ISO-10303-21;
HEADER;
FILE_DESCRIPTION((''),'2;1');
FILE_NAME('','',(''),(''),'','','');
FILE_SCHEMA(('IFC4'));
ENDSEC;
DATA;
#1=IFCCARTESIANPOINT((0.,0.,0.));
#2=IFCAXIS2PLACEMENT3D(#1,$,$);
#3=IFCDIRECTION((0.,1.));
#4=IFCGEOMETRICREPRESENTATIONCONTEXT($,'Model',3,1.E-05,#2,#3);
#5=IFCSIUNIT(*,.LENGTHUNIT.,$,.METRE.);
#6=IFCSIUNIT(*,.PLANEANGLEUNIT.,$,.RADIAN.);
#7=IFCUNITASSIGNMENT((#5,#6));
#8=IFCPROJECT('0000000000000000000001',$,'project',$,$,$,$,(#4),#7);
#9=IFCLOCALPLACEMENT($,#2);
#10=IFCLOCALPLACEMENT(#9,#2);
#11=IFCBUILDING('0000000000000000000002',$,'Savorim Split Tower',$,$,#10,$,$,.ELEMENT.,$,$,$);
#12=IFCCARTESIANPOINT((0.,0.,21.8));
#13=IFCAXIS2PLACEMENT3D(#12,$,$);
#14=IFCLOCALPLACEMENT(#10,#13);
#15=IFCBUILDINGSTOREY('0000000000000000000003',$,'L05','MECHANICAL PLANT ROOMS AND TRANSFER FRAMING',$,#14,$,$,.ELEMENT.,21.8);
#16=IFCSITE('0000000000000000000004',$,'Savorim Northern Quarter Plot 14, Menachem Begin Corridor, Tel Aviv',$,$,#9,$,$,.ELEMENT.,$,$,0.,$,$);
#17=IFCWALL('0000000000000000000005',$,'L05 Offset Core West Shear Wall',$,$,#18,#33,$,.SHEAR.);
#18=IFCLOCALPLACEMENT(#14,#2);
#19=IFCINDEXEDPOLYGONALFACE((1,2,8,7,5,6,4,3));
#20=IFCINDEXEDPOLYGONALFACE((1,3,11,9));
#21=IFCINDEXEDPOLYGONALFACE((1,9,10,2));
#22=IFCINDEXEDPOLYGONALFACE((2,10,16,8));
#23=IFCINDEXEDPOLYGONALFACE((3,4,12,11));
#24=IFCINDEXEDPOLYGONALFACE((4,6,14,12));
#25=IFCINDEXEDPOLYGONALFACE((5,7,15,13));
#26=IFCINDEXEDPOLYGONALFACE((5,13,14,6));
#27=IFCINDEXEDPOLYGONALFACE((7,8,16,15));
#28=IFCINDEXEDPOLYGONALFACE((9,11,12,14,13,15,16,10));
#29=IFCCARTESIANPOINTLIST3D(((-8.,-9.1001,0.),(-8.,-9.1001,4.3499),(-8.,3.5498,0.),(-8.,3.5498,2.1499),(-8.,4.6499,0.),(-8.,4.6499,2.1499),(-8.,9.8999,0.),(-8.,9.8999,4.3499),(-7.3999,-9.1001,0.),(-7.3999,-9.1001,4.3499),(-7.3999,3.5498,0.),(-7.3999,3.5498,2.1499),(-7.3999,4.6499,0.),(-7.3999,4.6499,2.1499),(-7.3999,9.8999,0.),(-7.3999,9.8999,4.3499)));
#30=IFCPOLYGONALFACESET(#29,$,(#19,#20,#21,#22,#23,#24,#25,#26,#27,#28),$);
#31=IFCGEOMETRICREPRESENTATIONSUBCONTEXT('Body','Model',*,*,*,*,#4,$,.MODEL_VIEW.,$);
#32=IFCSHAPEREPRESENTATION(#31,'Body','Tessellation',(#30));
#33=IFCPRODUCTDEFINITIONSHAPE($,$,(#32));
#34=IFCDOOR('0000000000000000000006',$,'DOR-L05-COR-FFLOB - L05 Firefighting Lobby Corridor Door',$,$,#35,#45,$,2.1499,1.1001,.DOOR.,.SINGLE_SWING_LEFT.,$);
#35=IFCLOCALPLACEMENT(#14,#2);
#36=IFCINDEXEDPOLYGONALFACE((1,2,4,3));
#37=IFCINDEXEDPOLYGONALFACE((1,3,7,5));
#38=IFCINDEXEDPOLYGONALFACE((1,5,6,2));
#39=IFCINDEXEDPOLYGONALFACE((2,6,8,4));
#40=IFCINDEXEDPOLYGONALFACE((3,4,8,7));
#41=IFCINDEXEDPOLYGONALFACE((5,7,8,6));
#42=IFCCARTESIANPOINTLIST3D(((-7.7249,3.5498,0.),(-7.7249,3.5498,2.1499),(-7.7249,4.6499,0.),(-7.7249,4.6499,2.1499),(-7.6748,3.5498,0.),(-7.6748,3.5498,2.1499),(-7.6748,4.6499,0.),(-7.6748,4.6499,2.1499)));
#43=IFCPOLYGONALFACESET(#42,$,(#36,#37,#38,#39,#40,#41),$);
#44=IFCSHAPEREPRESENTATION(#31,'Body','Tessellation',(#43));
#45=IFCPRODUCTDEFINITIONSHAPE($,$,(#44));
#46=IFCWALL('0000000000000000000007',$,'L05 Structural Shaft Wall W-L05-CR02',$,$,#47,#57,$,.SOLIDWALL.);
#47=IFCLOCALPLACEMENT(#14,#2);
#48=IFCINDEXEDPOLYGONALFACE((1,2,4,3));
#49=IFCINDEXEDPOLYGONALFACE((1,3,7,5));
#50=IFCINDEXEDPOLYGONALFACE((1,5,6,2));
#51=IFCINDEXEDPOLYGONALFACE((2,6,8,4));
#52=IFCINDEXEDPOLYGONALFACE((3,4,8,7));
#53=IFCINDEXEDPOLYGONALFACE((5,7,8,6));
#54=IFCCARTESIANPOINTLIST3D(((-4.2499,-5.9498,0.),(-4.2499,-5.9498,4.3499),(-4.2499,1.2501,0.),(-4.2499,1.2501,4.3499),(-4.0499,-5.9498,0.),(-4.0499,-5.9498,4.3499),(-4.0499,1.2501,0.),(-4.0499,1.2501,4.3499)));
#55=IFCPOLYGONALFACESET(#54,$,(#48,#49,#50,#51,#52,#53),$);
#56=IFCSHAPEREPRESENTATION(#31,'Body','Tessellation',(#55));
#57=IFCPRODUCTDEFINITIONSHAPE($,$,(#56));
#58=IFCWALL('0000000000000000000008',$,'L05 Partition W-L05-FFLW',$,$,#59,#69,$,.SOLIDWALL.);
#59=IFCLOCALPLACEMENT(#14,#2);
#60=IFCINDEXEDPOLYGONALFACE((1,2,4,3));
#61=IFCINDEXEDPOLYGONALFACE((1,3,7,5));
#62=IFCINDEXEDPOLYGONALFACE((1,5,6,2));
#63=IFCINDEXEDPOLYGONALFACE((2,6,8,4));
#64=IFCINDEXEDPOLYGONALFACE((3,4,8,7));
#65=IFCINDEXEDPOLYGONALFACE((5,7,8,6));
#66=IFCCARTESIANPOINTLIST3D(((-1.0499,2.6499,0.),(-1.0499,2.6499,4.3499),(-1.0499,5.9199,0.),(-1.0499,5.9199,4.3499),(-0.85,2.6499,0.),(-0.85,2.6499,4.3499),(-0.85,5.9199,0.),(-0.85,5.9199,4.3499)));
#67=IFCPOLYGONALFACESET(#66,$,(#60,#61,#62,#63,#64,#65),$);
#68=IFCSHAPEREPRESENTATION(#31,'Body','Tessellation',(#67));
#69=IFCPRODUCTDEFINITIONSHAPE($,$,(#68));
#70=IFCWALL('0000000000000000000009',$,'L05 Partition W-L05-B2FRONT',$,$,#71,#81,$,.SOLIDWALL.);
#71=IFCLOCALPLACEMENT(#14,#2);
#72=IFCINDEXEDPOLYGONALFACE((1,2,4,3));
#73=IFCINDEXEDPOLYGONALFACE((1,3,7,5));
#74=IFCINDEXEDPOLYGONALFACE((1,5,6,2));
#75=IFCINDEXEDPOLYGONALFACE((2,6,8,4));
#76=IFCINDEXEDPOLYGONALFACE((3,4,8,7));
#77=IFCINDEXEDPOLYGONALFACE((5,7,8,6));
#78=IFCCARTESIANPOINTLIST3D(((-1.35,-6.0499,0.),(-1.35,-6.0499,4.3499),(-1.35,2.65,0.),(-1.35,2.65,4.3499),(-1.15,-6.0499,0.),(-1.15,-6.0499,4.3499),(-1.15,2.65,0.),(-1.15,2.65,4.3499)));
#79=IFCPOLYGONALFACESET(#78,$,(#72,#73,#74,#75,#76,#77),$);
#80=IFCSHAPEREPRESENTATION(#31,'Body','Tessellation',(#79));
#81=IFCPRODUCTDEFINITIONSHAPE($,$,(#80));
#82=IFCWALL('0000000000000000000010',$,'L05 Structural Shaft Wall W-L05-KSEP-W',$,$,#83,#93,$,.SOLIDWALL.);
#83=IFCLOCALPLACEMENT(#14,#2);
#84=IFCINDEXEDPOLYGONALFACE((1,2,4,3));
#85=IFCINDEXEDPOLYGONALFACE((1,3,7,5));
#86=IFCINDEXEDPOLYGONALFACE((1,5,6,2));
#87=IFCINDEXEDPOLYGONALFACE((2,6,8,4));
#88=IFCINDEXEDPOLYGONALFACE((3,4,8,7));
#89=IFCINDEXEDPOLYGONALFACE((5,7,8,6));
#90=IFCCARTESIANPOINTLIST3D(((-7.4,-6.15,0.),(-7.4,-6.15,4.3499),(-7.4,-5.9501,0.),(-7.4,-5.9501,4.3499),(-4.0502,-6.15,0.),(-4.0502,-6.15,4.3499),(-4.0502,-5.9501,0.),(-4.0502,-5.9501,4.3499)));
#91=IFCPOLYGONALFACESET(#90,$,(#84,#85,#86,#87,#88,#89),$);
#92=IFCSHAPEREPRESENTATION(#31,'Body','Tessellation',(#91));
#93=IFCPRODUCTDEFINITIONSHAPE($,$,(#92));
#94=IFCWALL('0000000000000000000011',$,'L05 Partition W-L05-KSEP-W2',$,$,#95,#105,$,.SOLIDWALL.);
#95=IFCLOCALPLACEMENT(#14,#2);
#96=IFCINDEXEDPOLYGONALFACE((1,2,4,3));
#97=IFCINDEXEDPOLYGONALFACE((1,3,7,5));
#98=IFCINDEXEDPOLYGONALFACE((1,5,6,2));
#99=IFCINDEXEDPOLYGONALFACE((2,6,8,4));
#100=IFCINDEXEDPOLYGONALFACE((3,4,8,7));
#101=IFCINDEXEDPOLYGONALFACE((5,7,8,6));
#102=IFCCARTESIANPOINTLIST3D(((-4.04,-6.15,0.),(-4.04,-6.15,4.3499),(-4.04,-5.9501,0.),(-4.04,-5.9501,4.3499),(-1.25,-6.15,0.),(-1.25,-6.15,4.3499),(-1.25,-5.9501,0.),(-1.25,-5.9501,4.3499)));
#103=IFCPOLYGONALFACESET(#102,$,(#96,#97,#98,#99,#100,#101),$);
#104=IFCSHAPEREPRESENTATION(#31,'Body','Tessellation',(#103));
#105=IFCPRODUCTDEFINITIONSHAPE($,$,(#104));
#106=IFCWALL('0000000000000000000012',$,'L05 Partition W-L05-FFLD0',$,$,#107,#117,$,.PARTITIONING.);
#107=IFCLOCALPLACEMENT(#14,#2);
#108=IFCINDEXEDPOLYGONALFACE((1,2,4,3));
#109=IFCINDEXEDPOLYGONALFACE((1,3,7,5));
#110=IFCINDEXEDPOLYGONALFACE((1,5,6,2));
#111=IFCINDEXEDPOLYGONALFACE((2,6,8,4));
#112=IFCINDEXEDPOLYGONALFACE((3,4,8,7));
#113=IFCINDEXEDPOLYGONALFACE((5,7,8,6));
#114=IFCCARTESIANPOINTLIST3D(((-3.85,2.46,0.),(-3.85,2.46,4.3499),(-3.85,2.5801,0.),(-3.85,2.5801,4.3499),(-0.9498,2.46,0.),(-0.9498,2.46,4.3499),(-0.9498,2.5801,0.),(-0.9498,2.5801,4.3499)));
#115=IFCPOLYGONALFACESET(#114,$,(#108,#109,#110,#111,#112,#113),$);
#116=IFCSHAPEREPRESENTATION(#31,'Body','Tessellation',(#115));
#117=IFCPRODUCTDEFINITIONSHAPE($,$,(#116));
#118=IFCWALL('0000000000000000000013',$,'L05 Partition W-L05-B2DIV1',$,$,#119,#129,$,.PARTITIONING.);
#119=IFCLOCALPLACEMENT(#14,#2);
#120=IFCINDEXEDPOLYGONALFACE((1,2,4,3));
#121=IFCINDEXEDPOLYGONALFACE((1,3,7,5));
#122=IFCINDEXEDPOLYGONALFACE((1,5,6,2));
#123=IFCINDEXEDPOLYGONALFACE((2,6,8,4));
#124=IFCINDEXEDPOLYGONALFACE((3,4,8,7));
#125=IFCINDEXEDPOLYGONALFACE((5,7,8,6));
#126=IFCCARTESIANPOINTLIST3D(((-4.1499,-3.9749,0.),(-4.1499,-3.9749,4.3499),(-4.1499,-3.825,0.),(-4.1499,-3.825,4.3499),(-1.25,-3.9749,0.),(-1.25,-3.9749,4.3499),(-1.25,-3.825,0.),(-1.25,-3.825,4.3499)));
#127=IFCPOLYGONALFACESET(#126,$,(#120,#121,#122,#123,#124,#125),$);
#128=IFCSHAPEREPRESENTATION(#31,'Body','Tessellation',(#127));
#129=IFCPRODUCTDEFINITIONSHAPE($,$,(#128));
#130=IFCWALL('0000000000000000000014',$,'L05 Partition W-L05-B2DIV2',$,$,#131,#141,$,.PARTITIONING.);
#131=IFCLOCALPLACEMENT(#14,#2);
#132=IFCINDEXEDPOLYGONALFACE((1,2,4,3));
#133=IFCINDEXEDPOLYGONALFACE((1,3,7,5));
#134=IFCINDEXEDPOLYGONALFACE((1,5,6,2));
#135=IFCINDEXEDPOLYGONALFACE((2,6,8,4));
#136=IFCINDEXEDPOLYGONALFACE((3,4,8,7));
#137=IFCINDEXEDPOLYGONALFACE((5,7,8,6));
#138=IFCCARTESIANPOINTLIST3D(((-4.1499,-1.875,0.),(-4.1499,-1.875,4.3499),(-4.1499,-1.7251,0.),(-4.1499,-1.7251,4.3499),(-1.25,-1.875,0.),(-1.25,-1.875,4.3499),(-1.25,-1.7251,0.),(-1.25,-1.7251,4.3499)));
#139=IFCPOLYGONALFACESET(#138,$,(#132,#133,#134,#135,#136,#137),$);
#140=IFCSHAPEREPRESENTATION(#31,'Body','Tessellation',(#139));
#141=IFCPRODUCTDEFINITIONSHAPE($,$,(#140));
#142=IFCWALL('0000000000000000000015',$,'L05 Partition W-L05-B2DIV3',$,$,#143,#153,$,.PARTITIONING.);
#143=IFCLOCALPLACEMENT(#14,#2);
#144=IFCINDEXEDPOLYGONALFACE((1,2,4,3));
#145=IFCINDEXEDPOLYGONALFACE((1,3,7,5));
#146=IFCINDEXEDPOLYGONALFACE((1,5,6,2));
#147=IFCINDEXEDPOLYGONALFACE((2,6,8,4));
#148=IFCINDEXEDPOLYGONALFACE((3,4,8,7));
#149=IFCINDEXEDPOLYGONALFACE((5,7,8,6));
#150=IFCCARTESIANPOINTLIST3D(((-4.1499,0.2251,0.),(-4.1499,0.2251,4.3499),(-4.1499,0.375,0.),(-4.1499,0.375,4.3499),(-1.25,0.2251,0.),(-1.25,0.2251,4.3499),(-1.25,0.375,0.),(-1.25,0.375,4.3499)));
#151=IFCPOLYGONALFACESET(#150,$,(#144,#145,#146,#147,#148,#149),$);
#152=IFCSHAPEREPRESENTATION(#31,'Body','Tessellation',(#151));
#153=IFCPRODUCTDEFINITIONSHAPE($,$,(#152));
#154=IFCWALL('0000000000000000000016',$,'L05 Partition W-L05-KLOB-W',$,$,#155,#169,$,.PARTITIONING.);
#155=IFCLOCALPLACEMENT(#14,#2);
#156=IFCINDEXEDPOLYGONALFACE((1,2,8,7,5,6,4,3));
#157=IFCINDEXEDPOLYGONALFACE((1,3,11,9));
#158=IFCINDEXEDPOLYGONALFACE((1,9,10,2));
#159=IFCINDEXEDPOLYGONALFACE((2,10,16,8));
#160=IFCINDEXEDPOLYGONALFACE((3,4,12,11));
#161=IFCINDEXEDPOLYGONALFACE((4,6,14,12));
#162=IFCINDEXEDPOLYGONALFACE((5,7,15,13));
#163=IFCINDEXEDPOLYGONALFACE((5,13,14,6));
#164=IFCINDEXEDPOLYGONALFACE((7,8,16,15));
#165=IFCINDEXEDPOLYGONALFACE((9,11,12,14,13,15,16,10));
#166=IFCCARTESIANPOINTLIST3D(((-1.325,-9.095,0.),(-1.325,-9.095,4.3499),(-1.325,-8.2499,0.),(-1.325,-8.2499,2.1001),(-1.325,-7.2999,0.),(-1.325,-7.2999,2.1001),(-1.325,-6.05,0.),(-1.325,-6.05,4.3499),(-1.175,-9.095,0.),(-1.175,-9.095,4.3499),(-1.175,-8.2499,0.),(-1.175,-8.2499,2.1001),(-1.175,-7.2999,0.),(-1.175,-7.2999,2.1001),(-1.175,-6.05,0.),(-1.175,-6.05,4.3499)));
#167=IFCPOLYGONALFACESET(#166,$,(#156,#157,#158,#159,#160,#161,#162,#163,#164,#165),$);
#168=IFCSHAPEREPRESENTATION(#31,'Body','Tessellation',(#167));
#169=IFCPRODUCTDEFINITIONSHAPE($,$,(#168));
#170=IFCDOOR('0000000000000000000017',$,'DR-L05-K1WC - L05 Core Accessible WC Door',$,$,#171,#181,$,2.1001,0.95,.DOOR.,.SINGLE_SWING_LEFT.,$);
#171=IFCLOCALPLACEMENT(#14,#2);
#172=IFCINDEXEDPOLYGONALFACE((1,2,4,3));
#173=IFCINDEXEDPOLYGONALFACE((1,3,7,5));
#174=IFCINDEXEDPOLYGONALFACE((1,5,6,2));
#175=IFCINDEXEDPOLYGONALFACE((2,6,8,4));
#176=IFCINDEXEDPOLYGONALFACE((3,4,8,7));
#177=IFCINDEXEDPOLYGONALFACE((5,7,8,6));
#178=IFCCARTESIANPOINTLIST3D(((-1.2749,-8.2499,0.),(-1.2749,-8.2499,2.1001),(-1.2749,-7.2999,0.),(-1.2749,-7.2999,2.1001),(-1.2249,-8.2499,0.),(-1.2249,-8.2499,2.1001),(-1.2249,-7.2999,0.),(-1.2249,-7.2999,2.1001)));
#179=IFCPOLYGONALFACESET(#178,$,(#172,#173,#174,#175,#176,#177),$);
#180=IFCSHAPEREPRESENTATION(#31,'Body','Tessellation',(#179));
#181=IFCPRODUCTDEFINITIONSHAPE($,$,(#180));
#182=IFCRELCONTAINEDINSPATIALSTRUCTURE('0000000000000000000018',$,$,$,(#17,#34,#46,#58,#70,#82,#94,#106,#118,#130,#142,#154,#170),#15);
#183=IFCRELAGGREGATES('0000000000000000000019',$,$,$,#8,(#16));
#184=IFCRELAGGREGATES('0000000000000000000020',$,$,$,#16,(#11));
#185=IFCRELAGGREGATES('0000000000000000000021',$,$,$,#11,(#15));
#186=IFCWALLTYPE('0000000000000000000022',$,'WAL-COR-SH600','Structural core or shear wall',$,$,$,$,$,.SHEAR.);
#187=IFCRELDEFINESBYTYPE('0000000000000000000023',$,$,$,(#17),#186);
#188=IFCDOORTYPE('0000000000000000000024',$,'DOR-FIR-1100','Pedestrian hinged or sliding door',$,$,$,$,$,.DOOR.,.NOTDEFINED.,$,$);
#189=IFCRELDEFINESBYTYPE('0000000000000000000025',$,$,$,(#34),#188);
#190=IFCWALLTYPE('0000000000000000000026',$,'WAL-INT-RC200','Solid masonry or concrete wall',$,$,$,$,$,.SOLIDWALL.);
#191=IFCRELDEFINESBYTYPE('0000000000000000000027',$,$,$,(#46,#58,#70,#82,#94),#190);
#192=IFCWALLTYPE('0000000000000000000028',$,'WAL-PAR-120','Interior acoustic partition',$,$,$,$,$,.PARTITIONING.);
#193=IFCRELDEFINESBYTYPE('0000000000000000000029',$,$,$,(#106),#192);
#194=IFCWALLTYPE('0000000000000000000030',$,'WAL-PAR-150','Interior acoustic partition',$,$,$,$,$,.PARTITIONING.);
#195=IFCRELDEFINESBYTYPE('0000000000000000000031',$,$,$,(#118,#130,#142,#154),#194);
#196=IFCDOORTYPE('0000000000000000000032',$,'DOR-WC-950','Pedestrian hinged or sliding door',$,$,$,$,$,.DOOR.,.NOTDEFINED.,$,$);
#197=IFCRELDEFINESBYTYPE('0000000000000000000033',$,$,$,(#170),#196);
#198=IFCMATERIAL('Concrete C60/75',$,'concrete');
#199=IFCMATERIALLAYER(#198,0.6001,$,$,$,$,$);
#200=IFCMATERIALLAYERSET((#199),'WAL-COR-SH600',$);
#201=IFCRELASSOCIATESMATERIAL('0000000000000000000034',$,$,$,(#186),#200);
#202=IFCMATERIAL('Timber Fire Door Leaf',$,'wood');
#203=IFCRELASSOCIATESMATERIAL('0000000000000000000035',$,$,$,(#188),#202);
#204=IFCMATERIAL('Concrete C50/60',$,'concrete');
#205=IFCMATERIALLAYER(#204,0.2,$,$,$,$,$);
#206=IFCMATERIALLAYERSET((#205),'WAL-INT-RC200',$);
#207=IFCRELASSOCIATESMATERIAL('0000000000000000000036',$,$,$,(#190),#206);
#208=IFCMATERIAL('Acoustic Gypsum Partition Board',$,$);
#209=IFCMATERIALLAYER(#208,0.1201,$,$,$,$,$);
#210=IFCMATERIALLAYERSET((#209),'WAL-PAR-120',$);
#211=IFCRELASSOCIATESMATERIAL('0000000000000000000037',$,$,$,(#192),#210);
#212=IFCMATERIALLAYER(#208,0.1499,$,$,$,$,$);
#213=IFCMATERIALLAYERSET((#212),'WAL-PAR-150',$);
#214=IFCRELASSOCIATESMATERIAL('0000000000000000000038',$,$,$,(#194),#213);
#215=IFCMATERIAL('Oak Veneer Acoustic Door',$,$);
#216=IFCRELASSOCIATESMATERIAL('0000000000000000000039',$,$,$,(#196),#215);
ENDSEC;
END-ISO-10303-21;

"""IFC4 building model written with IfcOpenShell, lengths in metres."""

from ifc_helpers import new_model, si_unit, direction, frame, frame_2d, origin, place, context, subcontext, project, spatial, rectangle, extrude, material, layer, layer_set, type_object, element, fill, save


model = new_model("IFC4")

# Units and contexts
model_context = context("Model", 3, precision=1e-05, world=origin(), true_north=direction((0.0, 1.0)))
body_context = subcontext(model_context, "Body", "Model", "MODEL_VIEW")
ifc_project = project(units=[si_unit("LENGTHUNIT", "METRE"), si_unit("PLANEANGLEUNIT", "RADIAN")], contexts=[model_context])

# Site, building, storey
site_placement = place(None, origin())
site = spatial("IfcSite", under=ifc_project, at=site_placement, Name="Savorim Northern Quarter Plot 14, Menachem Begin Corridor, Tel Aviv", CompositionType="ELEMENT", RefElevation=0.0)
building_placement = place(site_placement, origin())
building = spatial("IfcBuilding", under=site, at=building_placement, Name="Savorim Split Tower", CompositionType="ELEMENT")
storey_placement = place(building_placement, frame((0.0, 0.0, 21.8)))
storey = spatial("IfcBuildingStorey", under=building, at=storey_placement, Name="L05", Description="MECHANICAL PLANT ROOMS AND TRANSFER FRAMING", CompositionType="ELEMENT", Elevation=21.8)

# Shared definitions
ifc_material_1 = material(Name="Concrete C60/75", Category="concrete")

# Shared definitions
ifc_material_2 = material(Name="Concrete C50/60", Category="concrete")

# Wall, opening, door
ifc_layer_1 = layer(ifc_material_1, 0.6001)
ifc_layer_set_1 = layer_set([ifc_layer_1], Name="WAL-COR-SH600")
wall_type_1 = type_object("IfcWallType", Name="WAL-COR-SH600", Description="Structural core or shear wall", PredefinedType="SHEAR", material=ifc_layer_set_1)
wall_1_placement = place(storey_placement, frame((-7.7, -9.1001, 0.0), z_axis=(0.0, 0.0, 1.0), x_axis=(0.0, 1.0, 0.0)))
wall_1 = element("IfcWall", 1, at=wall_1_placement, inside=storey, type_object=wall_type_1, Name="L05 Offset Core West Shear Wall", PredefinedType="SHEAR", context=body_context, shape_type="SweptSolid", body=[
    extrude(rectangle(XDim=19.0, YDim=0.6001, at=frame_2d((9.5, 0.0))), origin(), (0.0, 0.0, 1.0), 4.3499),
])
opening_1_placement = place(wall_1_placement, frame((12.6499, 0.0, 0.0)))
opening_1 = element("IfcOpeningElement", 2, at=opening_1_placement, cuts=wall_1, PredefinedType="OPENING", context=body_context, shape_type="SweptSolid", body=[
    extrude(rectangle(XDim=1.1001, YDim=2.1499, at=frame_2d((0.55, 1.075))), frame((0.0, 0.3101, 0.0), z_axis=(0.0, -1.0, 0.0), x_axis=(1.0, 0.0, 0.0)), (0.0, 0.0, 1.0), 0.6201),
])
ifc_material_3 = material(Name="Timber Fire Door Leaf", Category="wood")
door_type_1 = type_object("IfcDoorType", Name="DOR-FIR-1100", Description="Pedestrian hinged or sliding door", OperationType="NOTDEFINED", PredefinedType="DOOR", material=ifc_material_3)
door_1_placement = place(opening_1_placement, origin())
door_1 = element("IfcDoor", 3, at=door_1_placement, inside=storey, type_object=door_type_1, Name="DOR-L05-COR-FFLOB - L05 Firefighting Lobby Corridor Door", OperationType="SINGLE_SWING_LEFT", OverallHeight=2.1499, OverallWidth=1.1001, PredefinedType="DOOR", context=body_context, shape_type="SweptSolid", body=[
    extrude(rectangle(XDim=1.1001, YDim=2.1499, at=frame_2d((0.55, 1.075))), frame((0.0, 0.0249, 0.0), z_axis=(0.0, -1.0, 0.0), x_axis=(1.0, 0.0, 0.0)), (0.0, 0.0, 1.0), 0.05),
])
fill(opening_1, door_1)
ifc_layer_2 = layer(ifc_material_2, 0.2)
ifc_layer_set_2 = layer_set([ifc_layer_2], Name="WAL-INT-RC200")
wall_type_2 = type_object("IfcWallType", Name="WAL-INT-RC200", Description="Solid masonry or concrete wall", PredefinedType="SOLIDWALL", material=ifc_layer_set_2)

# Wall
wall_2_placement = place(storey_placement, frame((-4.1499, -5.95, 0.0), z_axis=(0.0, 0.0, 1.0), x_axis=(0.0, 1.0, 0.0)))
element("IfcWall", 4, at=wall_2_placement, inside=storey, type_object=wall_type_2, Name="L05 Structural Shaft Wall W-L05-CR02", PredefinedType="SOLIDWALL", context=body_context, shape_type="SweptSolid", body=[
    extrude(rectangle(XDim=7.2, YDim=0.2, at=frame_2d((3.6001, 0.0))), origin(), (0.0, 0.0, 1.0), 4.3499),
])

# Walls
wall_3_placement = place(storey_placement, frame((-0.95, 2.6499, 0.0), z_axis=(0.0, 0.0, 1.0), x_axis=(0.0, 1.0, 0.0)))
element("IfcWall", 5, at=wall_3_placement, inside=storey, type_object=wall_type_2, Name="L05 Partition W-L05-FFLW", PredefinedType="SOLIDWALL", context=body_context, shape_type="SweptSolid", body=[
    extrude(rectangle(XDim=3.27, YDim=0.2, at=frame_2d((1.635, 0.0))), origin(), (0.0, 0.0, 1.0), 4.3499),
])
wall_4_placement = place(storey_placement, frame((-1.25, -6.05, 0.0), z_axis=(0.0, 0.0, 1.0), x_axis=(0.0, 1.0, 0.0)))
element("IfcWall", 6, at=wall_4_placement, inside=storey, type_object=wall_type_2, Name="L05 Partition W-L05-B2FRONT", PredefinedType="SOLIDWALL", context=body_context, shape_type="SweptSolid", body=[
    extrude(rectangle(XDim=8.7, YDim=0.2, at=frame_2d((4.3501, 0.0))), origin(), (0.0, 0.0, 1.0), 4.3499),
])
wall_5_placement = place(storey_placement, frame((-7.3999, -6.05, 0.0), z_axis=(0.0, 0.0, 1.0), x_axis=(1.0, 0.0, 0.0)))
element("IfcWall", 7, at=wall_5_placement, inside=storey, type_object=wall_type_2, Name="L05 Structural Shaft Wall W-L05-KSEP-W", PredefinedType="SOLIDWALL", context=body_context, shape_type="SweptSolid", body=[
    extrude(rectangle(XDim=3.3499, YDim=0.2, at=frame_2d((1.6748, 0.0))), origin(), (0.0, 0.0, 1.0), 4.3499),
])
wall_6_placement = place(storey_placement, frame((-4.04, -6.05, 0.0), z_axis=(0.0, 0.0, 1.0), x_axis=(1.0, 0.0, 0.0)))
element("IfcWall", 8, at=wall_6_placement, inside=storey, type_object=wall_type_2, Name="L05 Partition W-L05-KSEP-W2", PredefinedType="SOLIDWALL", context=body_context, shape_type="SweptSolid", body=[
    extrude(rectangle(XDim=2.79, YDim=0.2, at=frame_2d((1.395, 0.0))), origin(), (0.0, 0.0, 1.0), 4.3499),
])
ifc_material_4 = material(Name="Acoustic Gypsum Partition Board")
ifc_layer_3 = layer(ifc_material_4, 0.1201)
ifc_layer_set_3 = layer_set([ifc_layer_3], Name="WAL-PAR-120")
wall_type_3 = type_object("IfcWallType", Name="WAL-PAR-120", Description="Interior acoustic partition", PredefinedType="PARTITIONING", material=ifc_layer_set_3)
wall_7_placement = place(storey_placement, frame((-3.8501, 2.52, 0.0), z_axis=(0.0, 0.0, 1.0), x_axis=(1.0, 0.0, 0.0)))
element("IfcWall", 9, at=wall_7_placement, inside=storey, type_object=wall_type_3, Name="L05 Partition W-L05-FFLD0", PredefinedType="PARTITIONING", context=body_context, shape_type="SweptSolid", body=[
    extrude(rectangle(XDim=2.9001, YDim=0.1201, at=frame_2d((1.4502, 0.0))), origin(), (0.0, 0.0, 1.0), 4.3499),
])
ifc_layer_4 = layer(ifc_material_4, 0.1499)
ifc_layer_set_4 = layer_set([ifc_layer_4], Name="WAL-PAR-150")
wall_type_4 = type_object("IfcWallType", Name="WAL-PAR-150", Description="Interior acoustic partition", PredefinedType="PARTITIONING", material=ifc_layer_set_4)
for number, where, z_axis, x_axis, name in (
    (10, (-4.1499, -3.8999, 0.0), (0.0, 0.0, 1.0), (1.0, 0.0, 0.0), "L05 Partition W-L05-B2DIV1"),
    (11, (-4.1499, -1.8, 0.0), (0.0, 0.0, 1.0), (1.0, 0.0, 0.0), "L05 Partition W-L05-B2DIV2"),
    (12, (-4.1499, 0.3, 0.0), (0.0, 0.0, 1.0), (1.0, 0.0, 0.0), "L05 Partition W-L05-B2DIV3"),
):
    element("IfcWall", number, at=place(storey_placement, frame(where, z_axis=z_axis, x_axis=x_axis)), inside=storey, type_object=wall_type_4, Name=name, PredefinedType="PARTITIONING", context=body_context, shape_type="SweptSolid", body=[
        extrude(rectangle(XDim=2.8999, YDim=0.1499, at=frame_2d((1.45, 0.0))), origin(), (0.0, 0.0, 1.0), 4.3499),
    ])

# Wall, opening, door
wall_8_placement = place(storey_placement, frame((-1.25, -9.095, 0.0), z_axis=(0.0, 0.0, 1.0), x_axis=(0.0, 1.0, 0.0)))
wall_8 = element("IfcWall", 13, at=wall_8_placement, inside=storey, type_object=wall_type_4, Name="L05 Partition W-L05-KLOB-W", PredefinedType="PARTITIONING", context=body_context, shape_type="SweptSolid", body=[
    extrude(rectangle(XDim=3.0449, YDim=0.1499, at=frame_2d((1.5225, 0.0))), origin(), (0.0, 0.0, 1.0), 4.3499),
])
opening_2_placement = place(wall_8_placement, frame((0.845, 0.0, 0.0)))
opening_2 = element("IfcOpeningElement", 14, at=opening_2_placement, cuts=wall_8, PredefinedType="OPENING", context=body_context, shape_type="SweptSolid", body=[
    extrude(rectangle(XDim=0.95, YDim=2.1001, at=frame_2d((0.4751, 1.05))), frame((0.0, 0.085, 0.0), z_axis=(0.0, -1.0, 0.0), x_axis=(1.0, 0.0, 0.0)), (0.0, 0.0, 1.0), 0.1699),
])
ifc_material_5 = material(Name="Oak Veneer Acoustic Door")
door_type_2 = type_object("IfcDoorType", Name="DOR-WC-950", Description="Pedestrian hinged or sliding door", OperationType="NOTDEFINED", PredefinedType="DOOR", material=ifc_material_5)
door_2_placement = place(opening_2_placement, origin())
door_2 = element("IfcDoor", 15, at=door_2_placement, inside=storey, type_object=door_type_2, Name="DR-L05-K1WC - L05 Core Accessible WC Door", OperationType="SINGLE_SWING_LEFT", OverallHeight=2.1001, OverallWidth=0.95, PredefinedType="DOOR", context=body_context, shape_type="SweptSolid", body=[
    extrude(rectangle(XDim=0.95, YDim=2.1001, at=frame_2d((0.4751, 1.05))), frame((0.0, 0.0249, 0.0), z_axis=(0.0, -1.0, 0.0), x_axis=(1.0, 0.0, 0.0)), (0.0, 0.0, 1.0), 0.05),
])
fill(opening_2, door_2)

save(model, "model.ifc")
